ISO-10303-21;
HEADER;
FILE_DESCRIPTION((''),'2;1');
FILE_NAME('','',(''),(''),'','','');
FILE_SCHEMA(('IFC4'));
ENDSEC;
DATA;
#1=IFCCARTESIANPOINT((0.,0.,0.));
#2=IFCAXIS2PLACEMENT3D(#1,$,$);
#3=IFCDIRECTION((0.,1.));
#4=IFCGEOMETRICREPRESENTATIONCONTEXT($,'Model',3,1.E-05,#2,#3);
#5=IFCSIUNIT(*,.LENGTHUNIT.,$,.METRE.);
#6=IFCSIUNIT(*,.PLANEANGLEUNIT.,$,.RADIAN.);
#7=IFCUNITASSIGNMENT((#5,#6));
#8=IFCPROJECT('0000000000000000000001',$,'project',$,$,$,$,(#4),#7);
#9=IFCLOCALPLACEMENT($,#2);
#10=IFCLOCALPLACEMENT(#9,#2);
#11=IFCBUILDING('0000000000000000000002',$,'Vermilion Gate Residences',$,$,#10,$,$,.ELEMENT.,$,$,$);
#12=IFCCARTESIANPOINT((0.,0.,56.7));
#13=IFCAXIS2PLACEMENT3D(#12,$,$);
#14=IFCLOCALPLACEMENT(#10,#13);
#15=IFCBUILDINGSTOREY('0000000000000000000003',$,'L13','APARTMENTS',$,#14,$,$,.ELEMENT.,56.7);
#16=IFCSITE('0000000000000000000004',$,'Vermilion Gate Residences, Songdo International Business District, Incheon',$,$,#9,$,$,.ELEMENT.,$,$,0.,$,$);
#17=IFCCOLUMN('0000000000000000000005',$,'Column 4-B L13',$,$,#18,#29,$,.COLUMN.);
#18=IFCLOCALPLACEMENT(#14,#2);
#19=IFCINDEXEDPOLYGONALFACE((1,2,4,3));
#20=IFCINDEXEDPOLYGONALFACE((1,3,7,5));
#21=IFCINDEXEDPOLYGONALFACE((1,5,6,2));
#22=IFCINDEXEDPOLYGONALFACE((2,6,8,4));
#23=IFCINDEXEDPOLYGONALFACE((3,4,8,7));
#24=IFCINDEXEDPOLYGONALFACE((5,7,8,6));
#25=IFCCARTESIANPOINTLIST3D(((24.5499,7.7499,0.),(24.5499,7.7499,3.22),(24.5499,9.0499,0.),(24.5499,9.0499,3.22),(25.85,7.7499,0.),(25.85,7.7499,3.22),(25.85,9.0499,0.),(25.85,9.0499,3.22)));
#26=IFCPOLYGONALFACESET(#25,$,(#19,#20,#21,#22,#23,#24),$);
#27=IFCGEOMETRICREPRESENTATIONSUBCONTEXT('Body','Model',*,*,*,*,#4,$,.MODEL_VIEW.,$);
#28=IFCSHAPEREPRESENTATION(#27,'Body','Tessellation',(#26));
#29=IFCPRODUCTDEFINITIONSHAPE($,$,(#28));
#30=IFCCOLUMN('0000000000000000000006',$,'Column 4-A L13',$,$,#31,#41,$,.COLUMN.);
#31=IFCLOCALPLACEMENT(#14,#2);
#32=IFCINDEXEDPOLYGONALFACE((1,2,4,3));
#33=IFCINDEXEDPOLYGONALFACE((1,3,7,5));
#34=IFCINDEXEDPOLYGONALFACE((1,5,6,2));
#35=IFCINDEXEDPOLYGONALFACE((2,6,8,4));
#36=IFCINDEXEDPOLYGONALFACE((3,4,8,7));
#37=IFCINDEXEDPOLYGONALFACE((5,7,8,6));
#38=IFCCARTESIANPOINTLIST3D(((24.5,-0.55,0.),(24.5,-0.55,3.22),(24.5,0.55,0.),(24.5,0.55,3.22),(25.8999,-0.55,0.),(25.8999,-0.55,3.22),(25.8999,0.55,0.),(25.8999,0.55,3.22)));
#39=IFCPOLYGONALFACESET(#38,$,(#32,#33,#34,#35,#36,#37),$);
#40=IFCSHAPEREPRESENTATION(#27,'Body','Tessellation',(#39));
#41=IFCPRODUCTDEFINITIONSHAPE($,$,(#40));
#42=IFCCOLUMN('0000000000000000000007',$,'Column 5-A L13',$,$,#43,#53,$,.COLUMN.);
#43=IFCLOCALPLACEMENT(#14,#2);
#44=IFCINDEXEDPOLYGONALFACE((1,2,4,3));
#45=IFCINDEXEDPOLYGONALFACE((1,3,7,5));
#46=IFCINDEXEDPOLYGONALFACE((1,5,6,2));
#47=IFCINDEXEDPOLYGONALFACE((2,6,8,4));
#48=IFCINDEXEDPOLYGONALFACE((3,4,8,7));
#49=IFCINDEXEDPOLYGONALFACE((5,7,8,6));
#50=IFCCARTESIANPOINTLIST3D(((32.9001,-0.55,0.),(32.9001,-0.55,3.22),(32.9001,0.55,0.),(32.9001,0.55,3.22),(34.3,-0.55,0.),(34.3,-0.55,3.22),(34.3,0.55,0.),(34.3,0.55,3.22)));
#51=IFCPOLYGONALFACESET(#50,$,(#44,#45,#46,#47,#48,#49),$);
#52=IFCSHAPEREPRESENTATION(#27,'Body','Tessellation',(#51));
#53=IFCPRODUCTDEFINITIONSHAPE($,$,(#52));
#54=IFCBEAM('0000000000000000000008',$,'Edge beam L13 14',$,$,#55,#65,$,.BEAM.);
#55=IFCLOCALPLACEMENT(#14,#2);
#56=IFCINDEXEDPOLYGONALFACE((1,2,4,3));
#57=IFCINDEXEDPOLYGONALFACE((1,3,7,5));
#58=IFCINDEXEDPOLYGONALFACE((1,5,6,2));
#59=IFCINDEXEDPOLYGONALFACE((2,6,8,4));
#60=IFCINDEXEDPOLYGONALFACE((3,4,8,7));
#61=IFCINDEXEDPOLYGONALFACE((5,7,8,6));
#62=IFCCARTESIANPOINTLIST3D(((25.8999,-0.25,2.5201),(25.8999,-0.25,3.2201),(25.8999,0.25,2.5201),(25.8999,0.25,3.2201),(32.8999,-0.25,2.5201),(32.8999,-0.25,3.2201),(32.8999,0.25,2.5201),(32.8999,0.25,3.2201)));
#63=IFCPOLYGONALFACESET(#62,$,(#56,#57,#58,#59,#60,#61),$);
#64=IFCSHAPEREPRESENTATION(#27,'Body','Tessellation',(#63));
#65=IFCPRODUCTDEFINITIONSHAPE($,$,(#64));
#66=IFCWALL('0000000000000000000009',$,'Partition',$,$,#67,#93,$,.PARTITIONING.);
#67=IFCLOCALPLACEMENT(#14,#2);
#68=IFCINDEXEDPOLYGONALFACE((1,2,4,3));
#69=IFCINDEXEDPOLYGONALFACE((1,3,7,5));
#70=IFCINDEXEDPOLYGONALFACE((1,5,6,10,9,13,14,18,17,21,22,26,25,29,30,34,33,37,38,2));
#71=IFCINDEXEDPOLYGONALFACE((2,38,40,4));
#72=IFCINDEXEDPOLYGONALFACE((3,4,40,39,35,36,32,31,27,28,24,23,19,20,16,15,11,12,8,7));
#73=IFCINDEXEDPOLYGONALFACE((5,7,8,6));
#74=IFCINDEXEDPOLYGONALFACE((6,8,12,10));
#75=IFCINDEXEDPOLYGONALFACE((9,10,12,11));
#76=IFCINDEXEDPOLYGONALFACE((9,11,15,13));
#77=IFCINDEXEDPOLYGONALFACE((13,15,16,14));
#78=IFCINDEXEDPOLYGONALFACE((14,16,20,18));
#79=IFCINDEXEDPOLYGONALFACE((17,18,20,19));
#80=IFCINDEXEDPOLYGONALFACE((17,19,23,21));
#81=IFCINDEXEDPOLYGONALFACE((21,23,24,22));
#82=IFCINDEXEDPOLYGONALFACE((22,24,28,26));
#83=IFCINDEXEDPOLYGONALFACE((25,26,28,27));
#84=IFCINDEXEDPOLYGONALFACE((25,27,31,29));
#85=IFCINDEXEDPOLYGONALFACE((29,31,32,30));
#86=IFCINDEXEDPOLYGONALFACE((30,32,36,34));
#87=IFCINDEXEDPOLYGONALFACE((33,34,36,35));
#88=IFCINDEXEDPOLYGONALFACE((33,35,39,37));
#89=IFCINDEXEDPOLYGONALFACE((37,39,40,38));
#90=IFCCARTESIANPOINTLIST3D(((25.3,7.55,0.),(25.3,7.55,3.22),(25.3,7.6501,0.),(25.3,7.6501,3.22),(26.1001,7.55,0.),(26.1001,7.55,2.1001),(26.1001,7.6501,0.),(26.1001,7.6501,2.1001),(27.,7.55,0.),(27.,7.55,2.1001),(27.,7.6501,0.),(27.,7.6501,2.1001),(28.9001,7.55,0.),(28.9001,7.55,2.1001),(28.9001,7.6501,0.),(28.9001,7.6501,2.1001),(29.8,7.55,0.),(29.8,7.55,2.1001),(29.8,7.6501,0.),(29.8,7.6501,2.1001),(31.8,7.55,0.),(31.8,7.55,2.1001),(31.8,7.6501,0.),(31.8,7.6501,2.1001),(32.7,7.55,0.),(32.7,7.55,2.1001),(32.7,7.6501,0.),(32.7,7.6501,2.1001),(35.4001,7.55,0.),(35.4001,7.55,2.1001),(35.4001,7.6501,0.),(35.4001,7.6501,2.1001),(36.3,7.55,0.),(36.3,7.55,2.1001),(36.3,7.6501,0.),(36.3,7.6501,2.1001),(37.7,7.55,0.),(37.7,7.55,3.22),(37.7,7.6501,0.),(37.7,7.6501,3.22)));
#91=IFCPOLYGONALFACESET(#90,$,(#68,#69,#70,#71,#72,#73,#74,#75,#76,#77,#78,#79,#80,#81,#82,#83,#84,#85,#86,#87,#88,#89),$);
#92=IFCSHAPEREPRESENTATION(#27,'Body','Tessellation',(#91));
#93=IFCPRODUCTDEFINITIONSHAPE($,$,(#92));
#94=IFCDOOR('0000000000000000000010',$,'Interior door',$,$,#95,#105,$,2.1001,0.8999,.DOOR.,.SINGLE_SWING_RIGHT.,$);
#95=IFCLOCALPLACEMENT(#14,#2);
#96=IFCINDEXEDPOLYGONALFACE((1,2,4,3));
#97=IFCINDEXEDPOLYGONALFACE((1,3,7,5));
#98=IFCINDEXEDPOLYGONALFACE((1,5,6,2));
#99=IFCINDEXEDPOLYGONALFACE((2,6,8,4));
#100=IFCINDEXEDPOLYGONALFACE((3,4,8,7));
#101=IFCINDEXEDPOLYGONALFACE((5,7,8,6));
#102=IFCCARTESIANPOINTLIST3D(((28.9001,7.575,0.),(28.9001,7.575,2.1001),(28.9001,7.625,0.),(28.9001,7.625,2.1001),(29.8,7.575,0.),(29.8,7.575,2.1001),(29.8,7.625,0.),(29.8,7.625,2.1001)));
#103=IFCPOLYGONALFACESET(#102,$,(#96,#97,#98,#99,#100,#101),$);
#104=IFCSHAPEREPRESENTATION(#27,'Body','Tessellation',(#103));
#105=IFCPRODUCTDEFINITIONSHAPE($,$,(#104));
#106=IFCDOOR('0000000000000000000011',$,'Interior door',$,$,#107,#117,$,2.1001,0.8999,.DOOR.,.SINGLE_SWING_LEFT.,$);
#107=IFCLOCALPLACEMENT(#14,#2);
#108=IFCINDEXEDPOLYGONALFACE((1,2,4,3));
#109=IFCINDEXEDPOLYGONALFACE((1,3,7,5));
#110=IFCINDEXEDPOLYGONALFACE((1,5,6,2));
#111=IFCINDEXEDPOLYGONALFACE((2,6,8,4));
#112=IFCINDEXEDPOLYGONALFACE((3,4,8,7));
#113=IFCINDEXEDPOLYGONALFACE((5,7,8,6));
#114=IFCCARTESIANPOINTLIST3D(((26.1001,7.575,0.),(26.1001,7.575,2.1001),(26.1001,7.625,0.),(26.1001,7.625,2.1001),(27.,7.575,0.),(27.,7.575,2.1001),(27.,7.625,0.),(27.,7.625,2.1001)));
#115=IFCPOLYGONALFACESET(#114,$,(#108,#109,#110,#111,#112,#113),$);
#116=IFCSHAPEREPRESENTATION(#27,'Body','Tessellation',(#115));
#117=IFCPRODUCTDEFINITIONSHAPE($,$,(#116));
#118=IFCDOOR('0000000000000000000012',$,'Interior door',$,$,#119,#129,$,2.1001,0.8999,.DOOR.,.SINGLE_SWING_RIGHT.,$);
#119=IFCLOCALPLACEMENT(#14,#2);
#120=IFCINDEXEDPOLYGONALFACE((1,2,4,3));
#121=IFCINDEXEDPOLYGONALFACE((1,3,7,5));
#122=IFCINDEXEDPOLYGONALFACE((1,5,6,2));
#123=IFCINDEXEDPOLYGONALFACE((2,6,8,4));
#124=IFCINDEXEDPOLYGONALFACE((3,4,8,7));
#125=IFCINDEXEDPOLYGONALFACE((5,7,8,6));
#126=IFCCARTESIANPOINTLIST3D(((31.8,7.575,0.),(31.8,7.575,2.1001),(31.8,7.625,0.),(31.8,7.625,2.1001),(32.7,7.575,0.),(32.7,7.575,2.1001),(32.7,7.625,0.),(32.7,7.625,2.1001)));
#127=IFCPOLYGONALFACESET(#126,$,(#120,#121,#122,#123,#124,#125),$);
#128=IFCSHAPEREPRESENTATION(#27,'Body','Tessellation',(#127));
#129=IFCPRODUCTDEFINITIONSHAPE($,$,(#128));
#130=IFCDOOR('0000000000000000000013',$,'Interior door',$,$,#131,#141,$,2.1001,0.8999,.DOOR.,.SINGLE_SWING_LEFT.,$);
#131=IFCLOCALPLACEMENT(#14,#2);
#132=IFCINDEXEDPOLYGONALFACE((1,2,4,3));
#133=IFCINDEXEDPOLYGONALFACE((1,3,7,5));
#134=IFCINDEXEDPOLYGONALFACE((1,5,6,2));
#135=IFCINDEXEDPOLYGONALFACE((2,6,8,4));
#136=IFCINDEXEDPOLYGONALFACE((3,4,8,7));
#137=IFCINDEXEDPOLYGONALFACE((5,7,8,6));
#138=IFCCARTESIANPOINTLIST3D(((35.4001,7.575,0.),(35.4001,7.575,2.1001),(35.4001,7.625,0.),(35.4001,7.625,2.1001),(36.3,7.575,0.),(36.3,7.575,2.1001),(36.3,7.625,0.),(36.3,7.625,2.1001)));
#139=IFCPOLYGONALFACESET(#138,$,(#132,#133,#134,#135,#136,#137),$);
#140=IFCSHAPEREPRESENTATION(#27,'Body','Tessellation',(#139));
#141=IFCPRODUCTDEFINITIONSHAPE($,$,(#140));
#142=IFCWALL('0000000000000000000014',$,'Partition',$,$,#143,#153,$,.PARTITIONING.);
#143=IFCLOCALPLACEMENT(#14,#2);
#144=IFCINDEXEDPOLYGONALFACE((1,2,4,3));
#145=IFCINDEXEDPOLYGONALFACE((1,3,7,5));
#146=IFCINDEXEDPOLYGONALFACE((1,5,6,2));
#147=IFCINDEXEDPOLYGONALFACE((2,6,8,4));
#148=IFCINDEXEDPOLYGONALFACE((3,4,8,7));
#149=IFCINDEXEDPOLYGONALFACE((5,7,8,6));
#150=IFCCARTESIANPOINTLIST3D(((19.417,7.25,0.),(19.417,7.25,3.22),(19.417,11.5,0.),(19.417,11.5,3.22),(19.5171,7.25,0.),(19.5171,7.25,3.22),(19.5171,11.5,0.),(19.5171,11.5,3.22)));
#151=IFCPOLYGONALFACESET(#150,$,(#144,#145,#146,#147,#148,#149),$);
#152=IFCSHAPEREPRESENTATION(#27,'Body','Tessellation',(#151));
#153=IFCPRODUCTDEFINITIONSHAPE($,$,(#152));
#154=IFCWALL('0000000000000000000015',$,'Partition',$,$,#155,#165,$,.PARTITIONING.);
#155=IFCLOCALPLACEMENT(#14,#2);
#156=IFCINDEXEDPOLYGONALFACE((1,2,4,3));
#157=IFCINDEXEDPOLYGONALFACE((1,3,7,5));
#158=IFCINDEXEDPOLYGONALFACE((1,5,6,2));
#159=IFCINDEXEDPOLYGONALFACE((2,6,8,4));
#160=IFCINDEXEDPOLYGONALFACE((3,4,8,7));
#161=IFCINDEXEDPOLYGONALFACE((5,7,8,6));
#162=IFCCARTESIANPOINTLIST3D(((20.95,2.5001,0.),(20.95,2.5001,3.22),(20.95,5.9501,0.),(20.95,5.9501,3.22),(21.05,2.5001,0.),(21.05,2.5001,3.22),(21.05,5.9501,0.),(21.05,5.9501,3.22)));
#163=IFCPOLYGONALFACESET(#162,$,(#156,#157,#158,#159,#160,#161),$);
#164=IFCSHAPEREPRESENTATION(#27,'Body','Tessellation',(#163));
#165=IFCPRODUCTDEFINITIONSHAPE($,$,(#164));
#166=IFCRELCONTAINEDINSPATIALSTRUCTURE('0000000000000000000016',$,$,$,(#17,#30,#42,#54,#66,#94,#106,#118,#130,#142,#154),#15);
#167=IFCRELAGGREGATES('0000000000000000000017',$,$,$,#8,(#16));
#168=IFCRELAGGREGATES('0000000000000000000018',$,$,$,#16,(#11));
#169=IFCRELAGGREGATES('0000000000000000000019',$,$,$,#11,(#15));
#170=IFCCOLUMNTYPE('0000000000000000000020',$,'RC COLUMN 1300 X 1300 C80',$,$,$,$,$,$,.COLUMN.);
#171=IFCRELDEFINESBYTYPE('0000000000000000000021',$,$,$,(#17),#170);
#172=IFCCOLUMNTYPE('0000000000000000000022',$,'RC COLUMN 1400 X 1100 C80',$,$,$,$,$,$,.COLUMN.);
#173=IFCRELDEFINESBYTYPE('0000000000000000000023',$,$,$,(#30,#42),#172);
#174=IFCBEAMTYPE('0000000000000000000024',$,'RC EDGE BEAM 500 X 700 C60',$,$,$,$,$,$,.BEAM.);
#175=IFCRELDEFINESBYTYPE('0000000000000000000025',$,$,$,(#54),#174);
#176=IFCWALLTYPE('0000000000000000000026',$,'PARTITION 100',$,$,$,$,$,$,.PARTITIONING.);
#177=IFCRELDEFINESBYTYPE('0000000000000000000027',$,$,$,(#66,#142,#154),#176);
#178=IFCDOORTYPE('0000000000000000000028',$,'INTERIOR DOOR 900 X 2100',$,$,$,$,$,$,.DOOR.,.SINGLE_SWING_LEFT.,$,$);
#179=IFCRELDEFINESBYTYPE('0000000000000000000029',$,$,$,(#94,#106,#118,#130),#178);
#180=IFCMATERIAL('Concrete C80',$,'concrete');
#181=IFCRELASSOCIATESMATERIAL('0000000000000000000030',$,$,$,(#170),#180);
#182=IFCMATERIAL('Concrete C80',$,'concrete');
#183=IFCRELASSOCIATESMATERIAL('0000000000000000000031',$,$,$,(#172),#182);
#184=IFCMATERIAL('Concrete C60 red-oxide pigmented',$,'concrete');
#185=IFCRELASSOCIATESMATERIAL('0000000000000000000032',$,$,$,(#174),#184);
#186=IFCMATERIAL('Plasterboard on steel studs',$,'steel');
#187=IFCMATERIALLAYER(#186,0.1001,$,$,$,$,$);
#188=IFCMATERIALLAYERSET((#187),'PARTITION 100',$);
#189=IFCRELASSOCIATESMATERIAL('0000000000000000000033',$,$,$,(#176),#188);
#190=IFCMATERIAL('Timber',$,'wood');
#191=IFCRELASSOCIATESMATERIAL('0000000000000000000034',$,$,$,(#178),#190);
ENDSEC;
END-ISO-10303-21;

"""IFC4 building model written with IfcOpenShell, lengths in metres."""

from ifc_helpers import new_model, si_unit, direction, frame, frame_2d, origin, origin_2d, place, context, subcontext, project, spatial, rectangle, extrude, material, layer, layer_set, material_profile, profile_set, type_object, element, fill, save


model = new_model("IFC4")

# Units and contexts
model_context = context("Model", 3, precision=1e-05, world=origin(), true_north=direction((0.0, 1.0)))
body_context = subcontext(model_context, "Body", "Model", "MODEL_VIEW")
ifc_project = project(units=[si_unit("LENGTHUNIT", "METRE"), si_unit("PLANEANGLEUNIT", "RADIAN")], contexts=[model_context])

# Site, building, storey
site_placement = place(None, origin())
site = spatial("IfcSite", under=ifc_project, at=site_placement, Name="Vermilion Gate Residences, Songdo International Business District, Incheon", CompositionType="ELEMENT", RefElevation=0.0)
building_placement = place(site_placement, origin())
building = spatial("IfcBuilding", under=site, at=building_placement, Name="Vermilion Gate Residences", CompositionType="ELEMENT")
storey_placement = place(building_placement, frame((0.0, 0.0, 56.7)))
storey = spatial("IfcBuildingStorey", under=building, at=storey_placement, Name="L13", Description="APARTMENTS", CompositionType="ELEMENT", Elevation=56.7)

# Columns
ifc_material_1 = material(Name="Concrete C80", Category="concrete")
ifc_material_profile_1 = material_profile(ifc_material_1, rectangle(XDim=1.3, YDim=1.3, at=origin_2d()), Name="RC-1300x1300")
ifc_profile_set_1 = profile_set([ifc_material_profile_1], Name="Concrete C80")
column_type_1 = type_object("IfcColumnType", Name="RC COLUMN 1300 X 1300 C80", PredefinedType="COLUMN", material=ifc_profile_set_1)
column_placement = place(storey_placement, frame((25.2, 8.3999, 0.0), z_axis=(0.0, 0.0, 1.0), x_axis=(1.0, 0.0, 0.0)))
element("IfcColumn", 1, at=column_placement, inside=storey, type_object=column_type_1, Name="Column 4-B L13", PredefinedType="COLUMN", context=body_context, shape_type="SweptSolid", body=[
    extrude(rectangle(XDim=1.3, YDim=1.3, at=origin_2d()), origin(), (0.0, 0.0, 1.0), 3.22),
])
ifc_material_2 = material(Name="Concrete C80", Category="concrete")
ifc_material_profile_2 = material_profile(ifc_material_2, rectangle(XDim=1.3999, YDim=1.1001, at=origin_2d()), Name="RC-1400x1100")
ifc_profile_set_2 = profile_set([ifc_material_profile_2], Name="Concrete C80")
column_type_2 = type_object("IfcColumnType", Name="RC COLUMN 1400 X 1100 C80", PredefinedType="COLUMN", material=ifc_profile_set_2)
for number, where, z_axis, x_axis, name in (
    (2, (25.2, 0.0, 0.0), (0.0, 0.0, 1.0), (1.0, 0.0, 0.0), "Column 4-A L13"),
    (3, (33.6001, 0.0, 0.0), (0.0, 0.0, 1.0), (1.0, 0.0, 0.0), "Column 5-A L13"),
):
    element("IfcColumn", number, at=place(storey_placement, frame(where, z_axis=z_axis, x_axis=x_axis)), inside=storey, type_object=column_type_2, Name=name, PredefinedType="COLUMN", context=body_context, shape_type="SweptSolid", body=[
        extrude(rectangle(XDim=1.3999, YDim=1.1001, at=origin_2d()), origin(), (0.0, 0.0, 1.0), 3.22),
    ])

# Beam
ifc_material_3 = material(Name="Concrete C60 red-oxide pigmented", Category="concrete")
ifc_material_profile_3 = material_profile(ifc_material_3, rectangle(XDim=0.5, YDim=0.7, at=origin_2d()), Name="RC-500x700")
ifc_profile_set_3 = profile_set([ifc_material_profile_3], Name="Concrete C60 red-oxide pigmented")
beam_type = type_object("IfcBeamType", Name="RC EDGE BEAM 500 X 700 C60", PredefinedType="BEAM", material=ifc_profile_set_3)
beam_placement = place(storey_placement, frame((25.8999, 0.0, 2.8701), z_axis=(1.0, 0.0, 0.0), x_axis=(0.0, 1.0, 0.0)))
element("IfcBeam", 4, at=beam_placement, inside=storey, type_object=beam_type, Name="Edge beam L13 14", PredefinedType="BEAM", context=body_context, shape_type="SweptSolid", body=[
    extrude(rectangle(XDim=0.5, YDim=0.7, at=origin_2d()), origin(), (0.0, 0.0, 1.0), 7.0),
])

# Wall, openings, doors
ifc_material_4 = material(Name="Plasterboard on steel studs", Category="steel")
ifc_layer_1 = layer(ifc_material_4, 0.1001)
ifc_layer_set_1 = layer_set([ifc_layer_1], Name="PARTITION 100")
wall_type_1 = type_object("IfcWallType", Name="PARTITION 100", PredefinedType="PARTITIONING", material=ifc_layer_set_1)
wall_1_placement = place(storey_placement, frame((25.3, 7.6001, 0.0), z_axis=(0.0, 0.0, 1.0), x_axis=(1.0, 0.0, 0.0)))
wall_1 = element("IfcWall", 5, at=wall_1_placement, inside=storey, type_object=wall_type_1, Name="Partition", PredefinedType="PARTITIONING", context=body_context, shape_type="SweptSolid", body=[
    extrude(rectangle(XDim=12.3999, YDim=0.1001, at=frame_2d((6.2, 0.0))), origin(), (0.0, 0.0, 1.0), 3.22),
])
opening_1_placement = place(wall_1_placement, frame((3.6001, 0.0, 0.0)))
opening_1 = element("IfcOpeningElement", 6, at=opening_1_placement, cuts=wall_1, PredefinedType="OPENING", context=body_context, shape_type="SweptSolid", body=[
    extrude(rectangle(XDim=0.8999, YDim=2.1001, at=frame_2d((0.45, 1.05))), frame((0.0, 0.0601, 0.0), z_axis=(0.0, -1.0, 0.0), x_axis=(1.0, 0.0, 0.0)), (0.0, 0.0, 1.0), 0.1201),
])
opening_2_placement = place(wall_1_placement, frame((0.8, 0.0, 0.0)))
opening_2 = element("IfcOpeningElement", 7, at=opening_2_placement, cuts=wall_1, PredefinedType="OPENING", context=body_context, shape_type="SweptSolid", body=[
    extrude(rectangle(XDim=0.8999, YDim=2.1001, at=frame_2d((0.45, 1.05))), frame((0.0, 0.0601, 0.0), z_axis=(0.0, -1.0, 0.0), x_axis=(1.0, 0.0, 0.0)), (0.0, 0.0, 1.0), 0.1201),
])
opening_3_placement = place(wall_1_placement, frame((6.5, 0.0, 0.0)))
opening_3 = element("IfcOpeningElement", 8, at=opening_3_placement, cuts=wall_1, PredefinedType="OPENING", context=body_context, shape_type="SweptSolid", body=[
    extrude(rectangle(XDim=0.8999, YDim=2.1001, at=frame_2d((0.45, 1.05))), frame((0.0, 0.0601, 0.0), z_axis=(0.0, -1.0, 0.0), x_axis=(1.0, 0.0, 0.0)), (0.0, 0.0, 1.0), 0.1201),
])
opening_4_placement = place(wall_1_placement, frame((10.1001, 0.0, 0.0)))
opening_4 = element("IfcOpeningElement", 9, at=opening_4_placement, cuts=wall_1, PredefinedType="OPENING", context=body_context, shape_type="SweptSolid", body=[
    extrude(rectangle(XDim=0.8999, YDim=2.1001, at=frame_2d((0.45, 1.05))), frame((0.0, 0.0601, 0.0), z_axis=(0.0, -1.0, 0.0), x_axis=(1.0, 0.0, 0.0)), (0.0, 0.0, 1.0), 0.1201),
])
ifc_material_5 = material(Name="Timber", Category="wood")
door_type = type_object("IfcDoorType", Name="INTERIOR DOOR 900 X 2100", OperationType="SINGLE_SWING_LEFT", PredefinedType="DOOR", material=ifc_material_5)
door_1_placement = place(opening_1_placement, origin())
door_1 = element("IfcDoor", 10, at=door_1_placement, inside=storey, type_object=door_type, Name="Interior door", OperationType="SINGLE_SWING_RIGHT", OverallHeight=2.1001, OverallWidth=0.8999, PredefinedType="DOOR", context=body_context, shape_type="SweptSolid", body=[
    extrude(rectangle(XDim=0.8999, YDim=2.1001, at=frame_2d((0.45, 1.05))), frame((0.0, 0.0249, 0.0), z_axis=(0.0, -1.0, 0.0), x_axis=(1.0, 0.0, 0.0)), (0.0, 0.0, 1.0), 0.05),
])
fill(opening_1, door_1)
door_2_placement = place(opening_2_placement, origin())
door_2 = element("IfcDoor", 11, at=door_2_placement, inside=storey, type_object=door_type, Name="Interior door", OperationType="SINGLE_SWING_LEFT", OverallHeight=2.1001, OverallWidth=0.8999, PredefinedType="DOOR", context=body_context, shape_type="SweptSolid", body=[
    extrude(rectangle(XDim=0.8999, YDim=2.1001, at=frame_2d((0.45, 1.05))), frame((0.0, 0.0249, 0.0), z_axis=(0.0, -1.0, 0.0), x_axis=(1.0, 0.0, 0.0)), (0.0, 0.0, 1.0), 0.05),
])
fill(opening_2, door_2)
door_3_placement = place(opening_3_placement, origin())
door_3 = element("IfcDoor", 12, at=door_3_placement, inside=storey, type_object=door_type, Name="Interior door", OperationType="SINGLE_SWING_RIGHT", OverallHeight=2.1001, OverallWidth=0.8999, PredefinedType="DOOR", context=body_context, shape_type="SweptSolid", body=[
    extrude(rectangle(XDim=0.8999, YDim=2.1001, at=frame_2d((0.45, 1.05))), frame((0.0, 0.0249, 0.0), z_axis=(0.0, -1.0, 0.0), x_axis=(1.0, 0.0, 0.0)), (0.0, 0.0, 1.0), 0.05),
])
fill(opening_3, door_3)
door_4_placement = place(opening_4_placement, origin())
door_4 = element("IfcDoor", 13, at=door_4_placement, inside=storey, type_object=door_type, Name="Interior door", OperationType="SINGLE_SWING_LEFT", OverallHeight=2.1001, OverallWidth=0.8999, PredefinedType="DOOR", context=body_context, shape_type="SweptSolid", body=[
    extrude(rectangle(XDim=0.8999, YDim=2.1001, at=frame_2d((0.45, 1.05))), frame((0.0, 0.0249, 0.0), z_axis=(0.0, -1.0, 0.0), x_axis=(1.0, 0.0, 0.0)), (0.0, 0.0, 1.0), 0.05),
])
fill(opening_4, door_4)

# Walls
wall_2_placement = place(storey_placement, frame((19.467, 7.25, 0.0), z_axis=(0.0, 0.0, 1.0), x_axis=(0.0, 1.0, 0.0)))
element("IfcWall", 14, at=wall_2_placement, inside=storey, type_object=wall_type_1, Name="Partition", PredefinedType="PARTITIONING", context=body_context, shape_type="SweptSolid", body=[
    extrude(rectangle(XDim=4.25, YDim=0.1001, at=frame_2d((2.125, 0.0))), origin(), (0.0, 0.0, 1.0), 3.22),
])
wall_3_placement = place(storey_placement, frame((21.0, 2.5, 0.0), z_axis=(0.0, 0.0, 1.0), x_axis=(0.0, 1.0, 0.0)))
element("IfcWall", 15, at=wall_3_placement, inside=storey, type_object=wall_type_1, Name="Partition", PredefinedType="PARTITIONING", context=body_context, shape_type="SweptSolid", body=[
    extrude(rectangle(XDim=3.45, YDim=0.1001, at=frame_2d((1.7251, 0.0))), origin(), (0.0, 0.0, 1.0), 3.22),
])

save(model, "model.ifc")
